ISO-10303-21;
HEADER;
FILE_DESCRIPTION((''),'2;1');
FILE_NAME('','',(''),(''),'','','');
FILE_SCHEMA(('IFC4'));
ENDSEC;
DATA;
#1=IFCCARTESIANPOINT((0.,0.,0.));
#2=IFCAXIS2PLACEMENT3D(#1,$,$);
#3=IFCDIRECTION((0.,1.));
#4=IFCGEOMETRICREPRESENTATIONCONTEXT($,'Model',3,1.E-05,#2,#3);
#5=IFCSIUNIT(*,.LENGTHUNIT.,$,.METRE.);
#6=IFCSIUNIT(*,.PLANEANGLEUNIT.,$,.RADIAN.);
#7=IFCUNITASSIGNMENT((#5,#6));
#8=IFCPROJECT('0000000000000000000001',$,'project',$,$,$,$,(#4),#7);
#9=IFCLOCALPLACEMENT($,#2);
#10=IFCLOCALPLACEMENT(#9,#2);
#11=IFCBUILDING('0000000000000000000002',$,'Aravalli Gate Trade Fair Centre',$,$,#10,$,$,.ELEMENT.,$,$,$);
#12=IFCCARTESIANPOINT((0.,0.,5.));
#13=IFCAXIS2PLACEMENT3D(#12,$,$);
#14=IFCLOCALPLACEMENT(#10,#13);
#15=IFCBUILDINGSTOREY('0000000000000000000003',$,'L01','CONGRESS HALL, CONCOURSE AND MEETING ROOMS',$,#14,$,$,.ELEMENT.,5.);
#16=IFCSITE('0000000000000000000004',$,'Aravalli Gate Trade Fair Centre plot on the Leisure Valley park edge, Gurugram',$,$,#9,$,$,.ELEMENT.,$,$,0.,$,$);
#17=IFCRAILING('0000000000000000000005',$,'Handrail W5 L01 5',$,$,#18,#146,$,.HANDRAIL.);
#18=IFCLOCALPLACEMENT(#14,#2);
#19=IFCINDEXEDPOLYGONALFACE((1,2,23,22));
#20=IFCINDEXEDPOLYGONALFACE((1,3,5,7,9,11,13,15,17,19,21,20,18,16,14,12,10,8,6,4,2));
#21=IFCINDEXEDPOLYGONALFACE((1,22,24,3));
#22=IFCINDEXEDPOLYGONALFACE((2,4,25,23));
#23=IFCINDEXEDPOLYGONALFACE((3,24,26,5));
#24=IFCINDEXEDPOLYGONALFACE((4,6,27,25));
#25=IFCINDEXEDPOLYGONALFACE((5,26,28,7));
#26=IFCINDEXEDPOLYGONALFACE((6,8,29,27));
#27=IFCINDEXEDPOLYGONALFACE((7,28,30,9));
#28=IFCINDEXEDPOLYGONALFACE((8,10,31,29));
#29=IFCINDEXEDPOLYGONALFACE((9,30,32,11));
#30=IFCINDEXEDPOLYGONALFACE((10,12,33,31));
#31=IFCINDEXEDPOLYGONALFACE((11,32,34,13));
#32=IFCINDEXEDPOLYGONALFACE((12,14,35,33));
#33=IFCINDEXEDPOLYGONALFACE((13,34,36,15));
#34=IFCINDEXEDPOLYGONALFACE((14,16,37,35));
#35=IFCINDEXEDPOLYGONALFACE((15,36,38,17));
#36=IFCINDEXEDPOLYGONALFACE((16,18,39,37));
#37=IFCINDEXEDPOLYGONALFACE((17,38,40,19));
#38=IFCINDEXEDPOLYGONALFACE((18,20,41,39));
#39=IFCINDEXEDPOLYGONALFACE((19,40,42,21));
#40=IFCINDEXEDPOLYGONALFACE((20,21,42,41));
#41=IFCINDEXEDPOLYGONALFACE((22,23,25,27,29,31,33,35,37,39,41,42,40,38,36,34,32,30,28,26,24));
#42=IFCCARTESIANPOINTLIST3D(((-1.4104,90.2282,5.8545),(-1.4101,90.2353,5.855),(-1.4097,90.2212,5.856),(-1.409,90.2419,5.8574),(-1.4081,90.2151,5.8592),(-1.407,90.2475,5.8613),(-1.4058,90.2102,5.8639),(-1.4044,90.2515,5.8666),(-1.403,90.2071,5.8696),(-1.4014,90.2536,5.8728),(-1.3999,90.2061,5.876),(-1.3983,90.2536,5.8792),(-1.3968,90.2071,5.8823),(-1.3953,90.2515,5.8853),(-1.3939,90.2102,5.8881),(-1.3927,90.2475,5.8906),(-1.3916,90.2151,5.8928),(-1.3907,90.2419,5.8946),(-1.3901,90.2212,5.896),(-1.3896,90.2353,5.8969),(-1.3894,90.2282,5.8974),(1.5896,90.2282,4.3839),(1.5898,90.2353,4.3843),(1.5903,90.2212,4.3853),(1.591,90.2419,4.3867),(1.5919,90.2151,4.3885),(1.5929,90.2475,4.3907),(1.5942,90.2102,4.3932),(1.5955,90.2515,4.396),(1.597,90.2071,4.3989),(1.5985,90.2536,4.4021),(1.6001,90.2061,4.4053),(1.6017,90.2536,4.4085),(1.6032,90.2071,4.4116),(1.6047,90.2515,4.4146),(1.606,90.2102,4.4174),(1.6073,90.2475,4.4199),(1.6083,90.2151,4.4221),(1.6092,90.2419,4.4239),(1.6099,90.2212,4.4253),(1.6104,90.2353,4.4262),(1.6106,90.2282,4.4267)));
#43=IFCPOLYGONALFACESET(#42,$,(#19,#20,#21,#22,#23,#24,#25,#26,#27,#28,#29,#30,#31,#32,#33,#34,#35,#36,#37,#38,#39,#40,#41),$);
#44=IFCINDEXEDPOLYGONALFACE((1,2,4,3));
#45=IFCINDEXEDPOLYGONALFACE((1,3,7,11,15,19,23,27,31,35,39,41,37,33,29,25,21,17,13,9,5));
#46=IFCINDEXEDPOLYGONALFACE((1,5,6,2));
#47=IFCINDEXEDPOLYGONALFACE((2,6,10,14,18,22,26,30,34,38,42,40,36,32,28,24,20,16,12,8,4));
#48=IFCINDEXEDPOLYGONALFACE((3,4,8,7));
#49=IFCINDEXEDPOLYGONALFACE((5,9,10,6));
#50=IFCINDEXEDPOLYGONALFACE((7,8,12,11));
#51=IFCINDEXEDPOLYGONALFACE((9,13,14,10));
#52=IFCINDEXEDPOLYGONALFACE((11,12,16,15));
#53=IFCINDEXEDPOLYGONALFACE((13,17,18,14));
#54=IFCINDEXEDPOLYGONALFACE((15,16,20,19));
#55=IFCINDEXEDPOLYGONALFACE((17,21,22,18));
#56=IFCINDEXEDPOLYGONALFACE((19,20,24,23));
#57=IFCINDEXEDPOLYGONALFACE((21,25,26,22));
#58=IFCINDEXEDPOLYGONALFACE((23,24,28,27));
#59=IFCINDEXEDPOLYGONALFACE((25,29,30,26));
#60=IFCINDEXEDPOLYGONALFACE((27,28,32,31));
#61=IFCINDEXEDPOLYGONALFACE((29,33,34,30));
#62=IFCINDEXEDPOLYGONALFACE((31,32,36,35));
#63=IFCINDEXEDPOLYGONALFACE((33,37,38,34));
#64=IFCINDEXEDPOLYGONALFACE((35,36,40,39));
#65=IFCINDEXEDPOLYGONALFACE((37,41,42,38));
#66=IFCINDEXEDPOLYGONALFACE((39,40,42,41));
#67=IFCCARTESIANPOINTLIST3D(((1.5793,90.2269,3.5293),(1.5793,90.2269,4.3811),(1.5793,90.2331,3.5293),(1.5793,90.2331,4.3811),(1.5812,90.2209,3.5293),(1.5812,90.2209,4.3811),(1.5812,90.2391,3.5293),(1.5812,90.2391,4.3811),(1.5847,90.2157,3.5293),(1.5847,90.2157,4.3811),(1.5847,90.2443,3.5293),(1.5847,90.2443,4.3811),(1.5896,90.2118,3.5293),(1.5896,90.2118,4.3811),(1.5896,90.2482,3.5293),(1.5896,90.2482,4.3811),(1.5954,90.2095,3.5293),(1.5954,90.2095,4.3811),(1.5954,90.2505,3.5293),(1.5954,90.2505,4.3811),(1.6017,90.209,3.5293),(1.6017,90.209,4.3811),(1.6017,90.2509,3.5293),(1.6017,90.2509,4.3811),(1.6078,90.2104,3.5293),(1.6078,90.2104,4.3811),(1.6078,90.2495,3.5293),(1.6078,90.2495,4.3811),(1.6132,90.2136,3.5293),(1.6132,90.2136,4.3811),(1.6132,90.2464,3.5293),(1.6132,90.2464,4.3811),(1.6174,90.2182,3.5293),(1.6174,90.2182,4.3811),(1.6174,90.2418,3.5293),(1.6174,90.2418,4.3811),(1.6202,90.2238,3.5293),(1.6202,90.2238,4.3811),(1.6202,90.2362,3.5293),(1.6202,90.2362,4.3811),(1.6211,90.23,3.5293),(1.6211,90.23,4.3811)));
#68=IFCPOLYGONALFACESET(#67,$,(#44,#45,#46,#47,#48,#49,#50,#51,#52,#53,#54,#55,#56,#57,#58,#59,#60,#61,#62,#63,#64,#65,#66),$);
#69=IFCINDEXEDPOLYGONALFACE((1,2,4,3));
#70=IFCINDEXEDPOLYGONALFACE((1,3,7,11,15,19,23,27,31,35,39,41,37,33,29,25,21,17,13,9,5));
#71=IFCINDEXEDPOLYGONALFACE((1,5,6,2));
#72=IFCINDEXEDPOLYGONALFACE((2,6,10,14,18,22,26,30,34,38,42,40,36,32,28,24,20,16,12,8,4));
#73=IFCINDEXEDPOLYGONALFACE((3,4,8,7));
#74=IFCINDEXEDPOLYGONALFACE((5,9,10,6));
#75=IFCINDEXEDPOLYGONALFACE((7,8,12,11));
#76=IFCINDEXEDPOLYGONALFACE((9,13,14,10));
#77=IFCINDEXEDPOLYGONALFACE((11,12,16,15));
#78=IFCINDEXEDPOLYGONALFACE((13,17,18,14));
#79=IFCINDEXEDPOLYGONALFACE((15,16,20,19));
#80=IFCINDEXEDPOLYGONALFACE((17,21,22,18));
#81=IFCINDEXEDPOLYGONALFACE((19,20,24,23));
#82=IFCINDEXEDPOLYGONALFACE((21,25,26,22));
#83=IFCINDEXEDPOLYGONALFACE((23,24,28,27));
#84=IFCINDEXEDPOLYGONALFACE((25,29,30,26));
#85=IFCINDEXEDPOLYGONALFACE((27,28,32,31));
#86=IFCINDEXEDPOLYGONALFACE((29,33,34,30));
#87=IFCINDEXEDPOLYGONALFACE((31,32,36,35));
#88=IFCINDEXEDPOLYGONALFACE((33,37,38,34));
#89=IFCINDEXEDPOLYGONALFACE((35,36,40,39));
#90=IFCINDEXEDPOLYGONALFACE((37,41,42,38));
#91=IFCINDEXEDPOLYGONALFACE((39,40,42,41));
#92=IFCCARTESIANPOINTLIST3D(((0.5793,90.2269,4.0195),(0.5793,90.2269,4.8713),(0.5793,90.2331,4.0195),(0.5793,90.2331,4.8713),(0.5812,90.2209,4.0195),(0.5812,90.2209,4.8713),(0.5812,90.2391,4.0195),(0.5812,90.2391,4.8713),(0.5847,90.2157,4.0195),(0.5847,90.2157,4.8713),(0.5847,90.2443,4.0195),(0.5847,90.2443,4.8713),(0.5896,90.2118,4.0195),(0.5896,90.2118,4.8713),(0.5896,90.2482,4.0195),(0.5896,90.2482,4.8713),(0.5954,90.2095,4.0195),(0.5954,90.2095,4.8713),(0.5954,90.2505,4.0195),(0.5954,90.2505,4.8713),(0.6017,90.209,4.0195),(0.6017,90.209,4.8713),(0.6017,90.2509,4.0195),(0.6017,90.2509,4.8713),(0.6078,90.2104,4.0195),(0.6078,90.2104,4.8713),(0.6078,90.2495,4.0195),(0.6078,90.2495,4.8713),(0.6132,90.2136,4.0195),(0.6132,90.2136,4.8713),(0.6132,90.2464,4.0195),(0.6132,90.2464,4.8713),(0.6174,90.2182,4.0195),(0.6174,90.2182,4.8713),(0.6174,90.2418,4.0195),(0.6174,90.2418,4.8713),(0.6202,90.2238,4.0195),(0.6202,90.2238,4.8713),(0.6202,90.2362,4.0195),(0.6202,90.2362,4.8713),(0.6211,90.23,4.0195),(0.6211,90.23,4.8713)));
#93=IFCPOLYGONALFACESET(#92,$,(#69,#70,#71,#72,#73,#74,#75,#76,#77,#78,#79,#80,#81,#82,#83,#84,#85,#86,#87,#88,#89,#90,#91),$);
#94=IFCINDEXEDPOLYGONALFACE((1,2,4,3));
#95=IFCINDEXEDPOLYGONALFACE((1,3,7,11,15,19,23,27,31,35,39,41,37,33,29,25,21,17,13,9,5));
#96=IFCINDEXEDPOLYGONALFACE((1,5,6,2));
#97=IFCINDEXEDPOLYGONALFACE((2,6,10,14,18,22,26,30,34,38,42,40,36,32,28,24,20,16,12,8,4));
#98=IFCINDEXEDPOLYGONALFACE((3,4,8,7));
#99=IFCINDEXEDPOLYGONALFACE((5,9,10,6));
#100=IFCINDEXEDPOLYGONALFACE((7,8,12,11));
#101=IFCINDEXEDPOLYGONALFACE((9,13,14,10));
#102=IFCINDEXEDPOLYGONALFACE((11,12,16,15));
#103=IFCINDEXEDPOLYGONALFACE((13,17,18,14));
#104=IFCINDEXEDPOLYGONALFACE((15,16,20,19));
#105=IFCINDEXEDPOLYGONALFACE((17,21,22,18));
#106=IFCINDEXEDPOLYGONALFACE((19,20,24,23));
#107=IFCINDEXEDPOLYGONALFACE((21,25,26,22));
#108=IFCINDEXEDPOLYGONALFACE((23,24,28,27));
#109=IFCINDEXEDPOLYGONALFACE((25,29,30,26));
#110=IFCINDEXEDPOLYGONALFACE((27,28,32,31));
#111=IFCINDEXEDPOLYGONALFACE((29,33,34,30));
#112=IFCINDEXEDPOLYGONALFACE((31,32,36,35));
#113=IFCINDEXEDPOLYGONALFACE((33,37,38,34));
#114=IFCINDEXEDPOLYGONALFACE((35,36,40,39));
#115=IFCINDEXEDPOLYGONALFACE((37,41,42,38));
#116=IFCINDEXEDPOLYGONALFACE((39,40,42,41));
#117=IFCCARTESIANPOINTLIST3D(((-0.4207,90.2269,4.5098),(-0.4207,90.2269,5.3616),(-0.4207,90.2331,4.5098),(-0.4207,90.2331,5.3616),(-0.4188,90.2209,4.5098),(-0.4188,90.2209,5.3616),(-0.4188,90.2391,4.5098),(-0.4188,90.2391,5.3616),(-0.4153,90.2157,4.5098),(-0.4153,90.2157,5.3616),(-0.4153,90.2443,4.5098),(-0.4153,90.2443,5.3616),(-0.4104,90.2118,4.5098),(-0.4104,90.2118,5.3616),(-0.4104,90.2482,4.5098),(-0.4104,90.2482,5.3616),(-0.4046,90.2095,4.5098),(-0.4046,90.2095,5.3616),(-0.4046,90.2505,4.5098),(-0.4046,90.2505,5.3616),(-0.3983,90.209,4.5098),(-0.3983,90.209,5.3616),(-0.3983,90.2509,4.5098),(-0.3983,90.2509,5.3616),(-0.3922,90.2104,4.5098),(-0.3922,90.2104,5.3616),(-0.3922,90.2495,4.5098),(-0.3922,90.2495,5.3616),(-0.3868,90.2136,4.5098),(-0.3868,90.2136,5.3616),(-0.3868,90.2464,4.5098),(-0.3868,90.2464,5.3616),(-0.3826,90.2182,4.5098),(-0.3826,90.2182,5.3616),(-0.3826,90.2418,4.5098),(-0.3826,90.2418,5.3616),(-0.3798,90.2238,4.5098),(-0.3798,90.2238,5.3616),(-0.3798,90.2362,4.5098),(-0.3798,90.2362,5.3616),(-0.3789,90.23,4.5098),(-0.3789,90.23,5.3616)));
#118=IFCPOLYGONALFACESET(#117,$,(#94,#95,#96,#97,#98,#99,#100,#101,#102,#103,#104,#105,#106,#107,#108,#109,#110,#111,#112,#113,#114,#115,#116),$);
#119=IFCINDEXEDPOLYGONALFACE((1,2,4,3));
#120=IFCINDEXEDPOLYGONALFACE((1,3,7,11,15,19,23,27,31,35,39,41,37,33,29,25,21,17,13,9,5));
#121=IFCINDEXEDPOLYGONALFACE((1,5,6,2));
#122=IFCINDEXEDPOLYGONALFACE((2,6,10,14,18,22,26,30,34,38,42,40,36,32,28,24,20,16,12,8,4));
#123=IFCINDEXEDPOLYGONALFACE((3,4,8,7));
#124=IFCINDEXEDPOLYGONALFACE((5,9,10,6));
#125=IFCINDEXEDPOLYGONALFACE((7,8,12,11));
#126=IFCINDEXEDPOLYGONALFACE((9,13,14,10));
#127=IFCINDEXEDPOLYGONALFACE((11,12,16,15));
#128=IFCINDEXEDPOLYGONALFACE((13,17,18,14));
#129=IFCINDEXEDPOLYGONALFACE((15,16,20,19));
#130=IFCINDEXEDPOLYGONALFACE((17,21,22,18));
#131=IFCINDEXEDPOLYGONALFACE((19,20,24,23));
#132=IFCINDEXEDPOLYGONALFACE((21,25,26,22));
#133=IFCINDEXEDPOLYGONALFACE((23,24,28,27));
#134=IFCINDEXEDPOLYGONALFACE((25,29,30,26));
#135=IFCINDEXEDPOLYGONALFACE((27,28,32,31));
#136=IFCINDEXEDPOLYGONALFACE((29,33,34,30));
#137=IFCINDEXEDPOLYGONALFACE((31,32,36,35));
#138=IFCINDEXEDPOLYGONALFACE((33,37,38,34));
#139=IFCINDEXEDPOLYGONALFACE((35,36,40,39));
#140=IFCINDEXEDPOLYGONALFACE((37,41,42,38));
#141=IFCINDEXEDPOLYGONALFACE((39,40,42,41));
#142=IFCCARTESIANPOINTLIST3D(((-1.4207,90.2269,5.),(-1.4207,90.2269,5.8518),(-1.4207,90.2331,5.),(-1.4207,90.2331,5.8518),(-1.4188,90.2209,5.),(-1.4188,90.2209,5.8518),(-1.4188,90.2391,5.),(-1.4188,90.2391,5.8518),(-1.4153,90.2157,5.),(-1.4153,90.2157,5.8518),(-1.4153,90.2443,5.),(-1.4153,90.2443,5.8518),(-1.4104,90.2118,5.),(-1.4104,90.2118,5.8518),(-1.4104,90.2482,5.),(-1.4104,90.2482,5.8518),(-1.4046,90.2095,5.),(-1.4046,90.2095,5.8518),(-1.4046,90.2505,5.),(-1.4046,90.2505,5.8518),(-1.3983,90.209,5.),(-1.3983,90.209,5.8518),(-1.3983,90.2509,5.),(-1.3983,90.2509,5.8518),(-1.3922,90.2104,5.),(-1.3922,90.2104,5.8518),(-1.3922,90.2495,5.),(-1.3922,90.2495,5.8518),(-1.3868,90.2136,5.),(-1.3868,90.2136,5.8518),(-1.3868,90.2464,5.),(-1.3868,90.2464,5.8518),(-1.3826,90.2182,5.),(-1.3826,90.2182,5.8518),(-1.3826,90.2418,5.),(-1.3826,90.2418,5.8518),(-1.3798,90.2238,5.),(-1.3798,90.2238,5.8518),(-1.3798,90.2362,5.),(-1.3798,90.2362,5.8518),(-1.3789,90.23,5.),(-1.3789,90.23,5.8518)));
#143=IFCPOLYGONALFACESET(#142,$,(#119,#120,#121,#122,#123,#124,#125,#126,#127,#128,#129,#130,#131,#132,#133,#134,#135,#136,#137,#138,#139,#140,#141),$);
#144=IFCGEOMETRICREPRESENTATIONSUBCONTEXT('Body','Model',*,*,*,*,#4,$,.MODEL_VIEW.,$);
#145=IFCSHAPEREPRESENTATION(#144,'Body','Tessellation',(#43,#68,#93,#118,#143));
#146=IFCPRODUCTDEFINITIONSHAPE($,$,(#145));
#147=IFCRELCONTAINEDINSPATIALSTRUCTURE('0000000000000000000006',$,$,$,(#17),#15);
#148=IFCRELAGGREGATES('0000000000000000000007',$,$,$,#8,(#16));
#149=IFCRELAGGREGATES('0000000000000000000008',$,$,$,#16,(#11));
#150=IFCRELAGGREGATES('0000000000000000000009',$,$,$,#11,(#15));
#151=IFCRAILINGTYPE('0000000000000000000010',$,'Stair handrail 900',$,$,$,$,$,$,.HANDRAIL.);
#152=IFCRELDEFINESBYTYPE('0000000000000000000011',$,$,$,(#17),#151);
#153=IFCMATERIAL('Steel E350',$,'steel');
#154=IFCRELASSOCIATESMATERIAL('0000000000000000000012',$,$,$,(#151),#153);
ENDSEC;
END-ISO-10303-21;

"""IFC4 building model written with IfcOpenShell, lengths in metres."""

from ifc_helpers import new_model, si_unit, direction, frame, origin, origin_2d, place, context, subcontext, project, spatial, circle, extrude, material, type_object, element, save


model = new_model("IFC4")

# Units and contexts
model_context = context("Model", 3, precision=1e-05, world=origin(), true_north=direction((0.0, 1.0)))
body_context = subcontext(model_context, "Body", "Model", "MODEL_VIEW")
ifc_project = project(units=[si_unit("LENGTHUNIT", "METRE"), si_unit("PLANEANGLEUNIT", "RADIAN")], contexts=[model_context])

# Site, building, storey
site_placement = place(None, origin())
site = spatial("IfcSite", under=ifc_project, at=site_placement, Name="Aravalli Gate Trade Fair Centre plot on the Leisure Valley park edge, Gurugram", CompositionType="ELEMENT", RefElevation=0.0)
building_placement = place(site_placement, origin())
building = spatial("IfcBuilding", under=site, at=building_placement, Name="Aravalli Gate Trade Fair Centre", CompositionType="ELEMENT")
storey_placement = place(building_placement, frame((0.0, 0.0, 5.0)))
storey = spatial("IfcBuildingStorey", under=building, at=storey_placement, Name="L01", Description="CONGRESS HALL, CONCOURSE AND MEETING ROOMS", CompositionType="ELEMENT", Elevation=5.0)

# Railing
ifc_material_1 = material(Name="Steel E350", Category="steel")
railing_type = type_object("IfcRailingType", Name="Stair handrail 900", PredefinedType="HANDRAIL", material=ifc_material_1)
for number, where, name in (
    (1, (1.6001, 90.23, 3.5293), "Handrail W5 L01 5"),
):
    element("IfcRailing", number, at=place(storey_placement, frame(where)), inside=storey, type_object=railing_type, Name=name, PredefinedType="HANDRAIL", context=body_context, shape_type="SweptSolid", body=[
        extrude(circle(Radius=0.0239, at=origin_2d()), frame((0.0, 0.0, 0.876), z_axis=(-0.897907, 0.0, 0.440185), x_axis=(0.0, -1.0, 0.0)), (0.0, 0.0, 1.0), 3.3411),
        extrude(circle(Radius=0.021, at=origin_2d()), origin(), (0.0, 0.0, 1.0), 0.8518),
        extrude(circle(Radius=0.021, at=origin_2d()), frame((-1.0, 0.0, 0.4902)), (0.0, 0.0, 1.0), 0.8518),
        extrude(circle(Radius=0.021, at=origin_2d()), frame((-2.0, 0.0, 0.9805)), (0.0, 0.0, 1.0), 0.8518),
        extrude(circle(Radius=0.021, at=origin_2d()), frame((-3.0, 0.0, 1.4707)), (0.0, 0.0, 1.0), 0.8518),
    ])

save(model, "model.ifc")
